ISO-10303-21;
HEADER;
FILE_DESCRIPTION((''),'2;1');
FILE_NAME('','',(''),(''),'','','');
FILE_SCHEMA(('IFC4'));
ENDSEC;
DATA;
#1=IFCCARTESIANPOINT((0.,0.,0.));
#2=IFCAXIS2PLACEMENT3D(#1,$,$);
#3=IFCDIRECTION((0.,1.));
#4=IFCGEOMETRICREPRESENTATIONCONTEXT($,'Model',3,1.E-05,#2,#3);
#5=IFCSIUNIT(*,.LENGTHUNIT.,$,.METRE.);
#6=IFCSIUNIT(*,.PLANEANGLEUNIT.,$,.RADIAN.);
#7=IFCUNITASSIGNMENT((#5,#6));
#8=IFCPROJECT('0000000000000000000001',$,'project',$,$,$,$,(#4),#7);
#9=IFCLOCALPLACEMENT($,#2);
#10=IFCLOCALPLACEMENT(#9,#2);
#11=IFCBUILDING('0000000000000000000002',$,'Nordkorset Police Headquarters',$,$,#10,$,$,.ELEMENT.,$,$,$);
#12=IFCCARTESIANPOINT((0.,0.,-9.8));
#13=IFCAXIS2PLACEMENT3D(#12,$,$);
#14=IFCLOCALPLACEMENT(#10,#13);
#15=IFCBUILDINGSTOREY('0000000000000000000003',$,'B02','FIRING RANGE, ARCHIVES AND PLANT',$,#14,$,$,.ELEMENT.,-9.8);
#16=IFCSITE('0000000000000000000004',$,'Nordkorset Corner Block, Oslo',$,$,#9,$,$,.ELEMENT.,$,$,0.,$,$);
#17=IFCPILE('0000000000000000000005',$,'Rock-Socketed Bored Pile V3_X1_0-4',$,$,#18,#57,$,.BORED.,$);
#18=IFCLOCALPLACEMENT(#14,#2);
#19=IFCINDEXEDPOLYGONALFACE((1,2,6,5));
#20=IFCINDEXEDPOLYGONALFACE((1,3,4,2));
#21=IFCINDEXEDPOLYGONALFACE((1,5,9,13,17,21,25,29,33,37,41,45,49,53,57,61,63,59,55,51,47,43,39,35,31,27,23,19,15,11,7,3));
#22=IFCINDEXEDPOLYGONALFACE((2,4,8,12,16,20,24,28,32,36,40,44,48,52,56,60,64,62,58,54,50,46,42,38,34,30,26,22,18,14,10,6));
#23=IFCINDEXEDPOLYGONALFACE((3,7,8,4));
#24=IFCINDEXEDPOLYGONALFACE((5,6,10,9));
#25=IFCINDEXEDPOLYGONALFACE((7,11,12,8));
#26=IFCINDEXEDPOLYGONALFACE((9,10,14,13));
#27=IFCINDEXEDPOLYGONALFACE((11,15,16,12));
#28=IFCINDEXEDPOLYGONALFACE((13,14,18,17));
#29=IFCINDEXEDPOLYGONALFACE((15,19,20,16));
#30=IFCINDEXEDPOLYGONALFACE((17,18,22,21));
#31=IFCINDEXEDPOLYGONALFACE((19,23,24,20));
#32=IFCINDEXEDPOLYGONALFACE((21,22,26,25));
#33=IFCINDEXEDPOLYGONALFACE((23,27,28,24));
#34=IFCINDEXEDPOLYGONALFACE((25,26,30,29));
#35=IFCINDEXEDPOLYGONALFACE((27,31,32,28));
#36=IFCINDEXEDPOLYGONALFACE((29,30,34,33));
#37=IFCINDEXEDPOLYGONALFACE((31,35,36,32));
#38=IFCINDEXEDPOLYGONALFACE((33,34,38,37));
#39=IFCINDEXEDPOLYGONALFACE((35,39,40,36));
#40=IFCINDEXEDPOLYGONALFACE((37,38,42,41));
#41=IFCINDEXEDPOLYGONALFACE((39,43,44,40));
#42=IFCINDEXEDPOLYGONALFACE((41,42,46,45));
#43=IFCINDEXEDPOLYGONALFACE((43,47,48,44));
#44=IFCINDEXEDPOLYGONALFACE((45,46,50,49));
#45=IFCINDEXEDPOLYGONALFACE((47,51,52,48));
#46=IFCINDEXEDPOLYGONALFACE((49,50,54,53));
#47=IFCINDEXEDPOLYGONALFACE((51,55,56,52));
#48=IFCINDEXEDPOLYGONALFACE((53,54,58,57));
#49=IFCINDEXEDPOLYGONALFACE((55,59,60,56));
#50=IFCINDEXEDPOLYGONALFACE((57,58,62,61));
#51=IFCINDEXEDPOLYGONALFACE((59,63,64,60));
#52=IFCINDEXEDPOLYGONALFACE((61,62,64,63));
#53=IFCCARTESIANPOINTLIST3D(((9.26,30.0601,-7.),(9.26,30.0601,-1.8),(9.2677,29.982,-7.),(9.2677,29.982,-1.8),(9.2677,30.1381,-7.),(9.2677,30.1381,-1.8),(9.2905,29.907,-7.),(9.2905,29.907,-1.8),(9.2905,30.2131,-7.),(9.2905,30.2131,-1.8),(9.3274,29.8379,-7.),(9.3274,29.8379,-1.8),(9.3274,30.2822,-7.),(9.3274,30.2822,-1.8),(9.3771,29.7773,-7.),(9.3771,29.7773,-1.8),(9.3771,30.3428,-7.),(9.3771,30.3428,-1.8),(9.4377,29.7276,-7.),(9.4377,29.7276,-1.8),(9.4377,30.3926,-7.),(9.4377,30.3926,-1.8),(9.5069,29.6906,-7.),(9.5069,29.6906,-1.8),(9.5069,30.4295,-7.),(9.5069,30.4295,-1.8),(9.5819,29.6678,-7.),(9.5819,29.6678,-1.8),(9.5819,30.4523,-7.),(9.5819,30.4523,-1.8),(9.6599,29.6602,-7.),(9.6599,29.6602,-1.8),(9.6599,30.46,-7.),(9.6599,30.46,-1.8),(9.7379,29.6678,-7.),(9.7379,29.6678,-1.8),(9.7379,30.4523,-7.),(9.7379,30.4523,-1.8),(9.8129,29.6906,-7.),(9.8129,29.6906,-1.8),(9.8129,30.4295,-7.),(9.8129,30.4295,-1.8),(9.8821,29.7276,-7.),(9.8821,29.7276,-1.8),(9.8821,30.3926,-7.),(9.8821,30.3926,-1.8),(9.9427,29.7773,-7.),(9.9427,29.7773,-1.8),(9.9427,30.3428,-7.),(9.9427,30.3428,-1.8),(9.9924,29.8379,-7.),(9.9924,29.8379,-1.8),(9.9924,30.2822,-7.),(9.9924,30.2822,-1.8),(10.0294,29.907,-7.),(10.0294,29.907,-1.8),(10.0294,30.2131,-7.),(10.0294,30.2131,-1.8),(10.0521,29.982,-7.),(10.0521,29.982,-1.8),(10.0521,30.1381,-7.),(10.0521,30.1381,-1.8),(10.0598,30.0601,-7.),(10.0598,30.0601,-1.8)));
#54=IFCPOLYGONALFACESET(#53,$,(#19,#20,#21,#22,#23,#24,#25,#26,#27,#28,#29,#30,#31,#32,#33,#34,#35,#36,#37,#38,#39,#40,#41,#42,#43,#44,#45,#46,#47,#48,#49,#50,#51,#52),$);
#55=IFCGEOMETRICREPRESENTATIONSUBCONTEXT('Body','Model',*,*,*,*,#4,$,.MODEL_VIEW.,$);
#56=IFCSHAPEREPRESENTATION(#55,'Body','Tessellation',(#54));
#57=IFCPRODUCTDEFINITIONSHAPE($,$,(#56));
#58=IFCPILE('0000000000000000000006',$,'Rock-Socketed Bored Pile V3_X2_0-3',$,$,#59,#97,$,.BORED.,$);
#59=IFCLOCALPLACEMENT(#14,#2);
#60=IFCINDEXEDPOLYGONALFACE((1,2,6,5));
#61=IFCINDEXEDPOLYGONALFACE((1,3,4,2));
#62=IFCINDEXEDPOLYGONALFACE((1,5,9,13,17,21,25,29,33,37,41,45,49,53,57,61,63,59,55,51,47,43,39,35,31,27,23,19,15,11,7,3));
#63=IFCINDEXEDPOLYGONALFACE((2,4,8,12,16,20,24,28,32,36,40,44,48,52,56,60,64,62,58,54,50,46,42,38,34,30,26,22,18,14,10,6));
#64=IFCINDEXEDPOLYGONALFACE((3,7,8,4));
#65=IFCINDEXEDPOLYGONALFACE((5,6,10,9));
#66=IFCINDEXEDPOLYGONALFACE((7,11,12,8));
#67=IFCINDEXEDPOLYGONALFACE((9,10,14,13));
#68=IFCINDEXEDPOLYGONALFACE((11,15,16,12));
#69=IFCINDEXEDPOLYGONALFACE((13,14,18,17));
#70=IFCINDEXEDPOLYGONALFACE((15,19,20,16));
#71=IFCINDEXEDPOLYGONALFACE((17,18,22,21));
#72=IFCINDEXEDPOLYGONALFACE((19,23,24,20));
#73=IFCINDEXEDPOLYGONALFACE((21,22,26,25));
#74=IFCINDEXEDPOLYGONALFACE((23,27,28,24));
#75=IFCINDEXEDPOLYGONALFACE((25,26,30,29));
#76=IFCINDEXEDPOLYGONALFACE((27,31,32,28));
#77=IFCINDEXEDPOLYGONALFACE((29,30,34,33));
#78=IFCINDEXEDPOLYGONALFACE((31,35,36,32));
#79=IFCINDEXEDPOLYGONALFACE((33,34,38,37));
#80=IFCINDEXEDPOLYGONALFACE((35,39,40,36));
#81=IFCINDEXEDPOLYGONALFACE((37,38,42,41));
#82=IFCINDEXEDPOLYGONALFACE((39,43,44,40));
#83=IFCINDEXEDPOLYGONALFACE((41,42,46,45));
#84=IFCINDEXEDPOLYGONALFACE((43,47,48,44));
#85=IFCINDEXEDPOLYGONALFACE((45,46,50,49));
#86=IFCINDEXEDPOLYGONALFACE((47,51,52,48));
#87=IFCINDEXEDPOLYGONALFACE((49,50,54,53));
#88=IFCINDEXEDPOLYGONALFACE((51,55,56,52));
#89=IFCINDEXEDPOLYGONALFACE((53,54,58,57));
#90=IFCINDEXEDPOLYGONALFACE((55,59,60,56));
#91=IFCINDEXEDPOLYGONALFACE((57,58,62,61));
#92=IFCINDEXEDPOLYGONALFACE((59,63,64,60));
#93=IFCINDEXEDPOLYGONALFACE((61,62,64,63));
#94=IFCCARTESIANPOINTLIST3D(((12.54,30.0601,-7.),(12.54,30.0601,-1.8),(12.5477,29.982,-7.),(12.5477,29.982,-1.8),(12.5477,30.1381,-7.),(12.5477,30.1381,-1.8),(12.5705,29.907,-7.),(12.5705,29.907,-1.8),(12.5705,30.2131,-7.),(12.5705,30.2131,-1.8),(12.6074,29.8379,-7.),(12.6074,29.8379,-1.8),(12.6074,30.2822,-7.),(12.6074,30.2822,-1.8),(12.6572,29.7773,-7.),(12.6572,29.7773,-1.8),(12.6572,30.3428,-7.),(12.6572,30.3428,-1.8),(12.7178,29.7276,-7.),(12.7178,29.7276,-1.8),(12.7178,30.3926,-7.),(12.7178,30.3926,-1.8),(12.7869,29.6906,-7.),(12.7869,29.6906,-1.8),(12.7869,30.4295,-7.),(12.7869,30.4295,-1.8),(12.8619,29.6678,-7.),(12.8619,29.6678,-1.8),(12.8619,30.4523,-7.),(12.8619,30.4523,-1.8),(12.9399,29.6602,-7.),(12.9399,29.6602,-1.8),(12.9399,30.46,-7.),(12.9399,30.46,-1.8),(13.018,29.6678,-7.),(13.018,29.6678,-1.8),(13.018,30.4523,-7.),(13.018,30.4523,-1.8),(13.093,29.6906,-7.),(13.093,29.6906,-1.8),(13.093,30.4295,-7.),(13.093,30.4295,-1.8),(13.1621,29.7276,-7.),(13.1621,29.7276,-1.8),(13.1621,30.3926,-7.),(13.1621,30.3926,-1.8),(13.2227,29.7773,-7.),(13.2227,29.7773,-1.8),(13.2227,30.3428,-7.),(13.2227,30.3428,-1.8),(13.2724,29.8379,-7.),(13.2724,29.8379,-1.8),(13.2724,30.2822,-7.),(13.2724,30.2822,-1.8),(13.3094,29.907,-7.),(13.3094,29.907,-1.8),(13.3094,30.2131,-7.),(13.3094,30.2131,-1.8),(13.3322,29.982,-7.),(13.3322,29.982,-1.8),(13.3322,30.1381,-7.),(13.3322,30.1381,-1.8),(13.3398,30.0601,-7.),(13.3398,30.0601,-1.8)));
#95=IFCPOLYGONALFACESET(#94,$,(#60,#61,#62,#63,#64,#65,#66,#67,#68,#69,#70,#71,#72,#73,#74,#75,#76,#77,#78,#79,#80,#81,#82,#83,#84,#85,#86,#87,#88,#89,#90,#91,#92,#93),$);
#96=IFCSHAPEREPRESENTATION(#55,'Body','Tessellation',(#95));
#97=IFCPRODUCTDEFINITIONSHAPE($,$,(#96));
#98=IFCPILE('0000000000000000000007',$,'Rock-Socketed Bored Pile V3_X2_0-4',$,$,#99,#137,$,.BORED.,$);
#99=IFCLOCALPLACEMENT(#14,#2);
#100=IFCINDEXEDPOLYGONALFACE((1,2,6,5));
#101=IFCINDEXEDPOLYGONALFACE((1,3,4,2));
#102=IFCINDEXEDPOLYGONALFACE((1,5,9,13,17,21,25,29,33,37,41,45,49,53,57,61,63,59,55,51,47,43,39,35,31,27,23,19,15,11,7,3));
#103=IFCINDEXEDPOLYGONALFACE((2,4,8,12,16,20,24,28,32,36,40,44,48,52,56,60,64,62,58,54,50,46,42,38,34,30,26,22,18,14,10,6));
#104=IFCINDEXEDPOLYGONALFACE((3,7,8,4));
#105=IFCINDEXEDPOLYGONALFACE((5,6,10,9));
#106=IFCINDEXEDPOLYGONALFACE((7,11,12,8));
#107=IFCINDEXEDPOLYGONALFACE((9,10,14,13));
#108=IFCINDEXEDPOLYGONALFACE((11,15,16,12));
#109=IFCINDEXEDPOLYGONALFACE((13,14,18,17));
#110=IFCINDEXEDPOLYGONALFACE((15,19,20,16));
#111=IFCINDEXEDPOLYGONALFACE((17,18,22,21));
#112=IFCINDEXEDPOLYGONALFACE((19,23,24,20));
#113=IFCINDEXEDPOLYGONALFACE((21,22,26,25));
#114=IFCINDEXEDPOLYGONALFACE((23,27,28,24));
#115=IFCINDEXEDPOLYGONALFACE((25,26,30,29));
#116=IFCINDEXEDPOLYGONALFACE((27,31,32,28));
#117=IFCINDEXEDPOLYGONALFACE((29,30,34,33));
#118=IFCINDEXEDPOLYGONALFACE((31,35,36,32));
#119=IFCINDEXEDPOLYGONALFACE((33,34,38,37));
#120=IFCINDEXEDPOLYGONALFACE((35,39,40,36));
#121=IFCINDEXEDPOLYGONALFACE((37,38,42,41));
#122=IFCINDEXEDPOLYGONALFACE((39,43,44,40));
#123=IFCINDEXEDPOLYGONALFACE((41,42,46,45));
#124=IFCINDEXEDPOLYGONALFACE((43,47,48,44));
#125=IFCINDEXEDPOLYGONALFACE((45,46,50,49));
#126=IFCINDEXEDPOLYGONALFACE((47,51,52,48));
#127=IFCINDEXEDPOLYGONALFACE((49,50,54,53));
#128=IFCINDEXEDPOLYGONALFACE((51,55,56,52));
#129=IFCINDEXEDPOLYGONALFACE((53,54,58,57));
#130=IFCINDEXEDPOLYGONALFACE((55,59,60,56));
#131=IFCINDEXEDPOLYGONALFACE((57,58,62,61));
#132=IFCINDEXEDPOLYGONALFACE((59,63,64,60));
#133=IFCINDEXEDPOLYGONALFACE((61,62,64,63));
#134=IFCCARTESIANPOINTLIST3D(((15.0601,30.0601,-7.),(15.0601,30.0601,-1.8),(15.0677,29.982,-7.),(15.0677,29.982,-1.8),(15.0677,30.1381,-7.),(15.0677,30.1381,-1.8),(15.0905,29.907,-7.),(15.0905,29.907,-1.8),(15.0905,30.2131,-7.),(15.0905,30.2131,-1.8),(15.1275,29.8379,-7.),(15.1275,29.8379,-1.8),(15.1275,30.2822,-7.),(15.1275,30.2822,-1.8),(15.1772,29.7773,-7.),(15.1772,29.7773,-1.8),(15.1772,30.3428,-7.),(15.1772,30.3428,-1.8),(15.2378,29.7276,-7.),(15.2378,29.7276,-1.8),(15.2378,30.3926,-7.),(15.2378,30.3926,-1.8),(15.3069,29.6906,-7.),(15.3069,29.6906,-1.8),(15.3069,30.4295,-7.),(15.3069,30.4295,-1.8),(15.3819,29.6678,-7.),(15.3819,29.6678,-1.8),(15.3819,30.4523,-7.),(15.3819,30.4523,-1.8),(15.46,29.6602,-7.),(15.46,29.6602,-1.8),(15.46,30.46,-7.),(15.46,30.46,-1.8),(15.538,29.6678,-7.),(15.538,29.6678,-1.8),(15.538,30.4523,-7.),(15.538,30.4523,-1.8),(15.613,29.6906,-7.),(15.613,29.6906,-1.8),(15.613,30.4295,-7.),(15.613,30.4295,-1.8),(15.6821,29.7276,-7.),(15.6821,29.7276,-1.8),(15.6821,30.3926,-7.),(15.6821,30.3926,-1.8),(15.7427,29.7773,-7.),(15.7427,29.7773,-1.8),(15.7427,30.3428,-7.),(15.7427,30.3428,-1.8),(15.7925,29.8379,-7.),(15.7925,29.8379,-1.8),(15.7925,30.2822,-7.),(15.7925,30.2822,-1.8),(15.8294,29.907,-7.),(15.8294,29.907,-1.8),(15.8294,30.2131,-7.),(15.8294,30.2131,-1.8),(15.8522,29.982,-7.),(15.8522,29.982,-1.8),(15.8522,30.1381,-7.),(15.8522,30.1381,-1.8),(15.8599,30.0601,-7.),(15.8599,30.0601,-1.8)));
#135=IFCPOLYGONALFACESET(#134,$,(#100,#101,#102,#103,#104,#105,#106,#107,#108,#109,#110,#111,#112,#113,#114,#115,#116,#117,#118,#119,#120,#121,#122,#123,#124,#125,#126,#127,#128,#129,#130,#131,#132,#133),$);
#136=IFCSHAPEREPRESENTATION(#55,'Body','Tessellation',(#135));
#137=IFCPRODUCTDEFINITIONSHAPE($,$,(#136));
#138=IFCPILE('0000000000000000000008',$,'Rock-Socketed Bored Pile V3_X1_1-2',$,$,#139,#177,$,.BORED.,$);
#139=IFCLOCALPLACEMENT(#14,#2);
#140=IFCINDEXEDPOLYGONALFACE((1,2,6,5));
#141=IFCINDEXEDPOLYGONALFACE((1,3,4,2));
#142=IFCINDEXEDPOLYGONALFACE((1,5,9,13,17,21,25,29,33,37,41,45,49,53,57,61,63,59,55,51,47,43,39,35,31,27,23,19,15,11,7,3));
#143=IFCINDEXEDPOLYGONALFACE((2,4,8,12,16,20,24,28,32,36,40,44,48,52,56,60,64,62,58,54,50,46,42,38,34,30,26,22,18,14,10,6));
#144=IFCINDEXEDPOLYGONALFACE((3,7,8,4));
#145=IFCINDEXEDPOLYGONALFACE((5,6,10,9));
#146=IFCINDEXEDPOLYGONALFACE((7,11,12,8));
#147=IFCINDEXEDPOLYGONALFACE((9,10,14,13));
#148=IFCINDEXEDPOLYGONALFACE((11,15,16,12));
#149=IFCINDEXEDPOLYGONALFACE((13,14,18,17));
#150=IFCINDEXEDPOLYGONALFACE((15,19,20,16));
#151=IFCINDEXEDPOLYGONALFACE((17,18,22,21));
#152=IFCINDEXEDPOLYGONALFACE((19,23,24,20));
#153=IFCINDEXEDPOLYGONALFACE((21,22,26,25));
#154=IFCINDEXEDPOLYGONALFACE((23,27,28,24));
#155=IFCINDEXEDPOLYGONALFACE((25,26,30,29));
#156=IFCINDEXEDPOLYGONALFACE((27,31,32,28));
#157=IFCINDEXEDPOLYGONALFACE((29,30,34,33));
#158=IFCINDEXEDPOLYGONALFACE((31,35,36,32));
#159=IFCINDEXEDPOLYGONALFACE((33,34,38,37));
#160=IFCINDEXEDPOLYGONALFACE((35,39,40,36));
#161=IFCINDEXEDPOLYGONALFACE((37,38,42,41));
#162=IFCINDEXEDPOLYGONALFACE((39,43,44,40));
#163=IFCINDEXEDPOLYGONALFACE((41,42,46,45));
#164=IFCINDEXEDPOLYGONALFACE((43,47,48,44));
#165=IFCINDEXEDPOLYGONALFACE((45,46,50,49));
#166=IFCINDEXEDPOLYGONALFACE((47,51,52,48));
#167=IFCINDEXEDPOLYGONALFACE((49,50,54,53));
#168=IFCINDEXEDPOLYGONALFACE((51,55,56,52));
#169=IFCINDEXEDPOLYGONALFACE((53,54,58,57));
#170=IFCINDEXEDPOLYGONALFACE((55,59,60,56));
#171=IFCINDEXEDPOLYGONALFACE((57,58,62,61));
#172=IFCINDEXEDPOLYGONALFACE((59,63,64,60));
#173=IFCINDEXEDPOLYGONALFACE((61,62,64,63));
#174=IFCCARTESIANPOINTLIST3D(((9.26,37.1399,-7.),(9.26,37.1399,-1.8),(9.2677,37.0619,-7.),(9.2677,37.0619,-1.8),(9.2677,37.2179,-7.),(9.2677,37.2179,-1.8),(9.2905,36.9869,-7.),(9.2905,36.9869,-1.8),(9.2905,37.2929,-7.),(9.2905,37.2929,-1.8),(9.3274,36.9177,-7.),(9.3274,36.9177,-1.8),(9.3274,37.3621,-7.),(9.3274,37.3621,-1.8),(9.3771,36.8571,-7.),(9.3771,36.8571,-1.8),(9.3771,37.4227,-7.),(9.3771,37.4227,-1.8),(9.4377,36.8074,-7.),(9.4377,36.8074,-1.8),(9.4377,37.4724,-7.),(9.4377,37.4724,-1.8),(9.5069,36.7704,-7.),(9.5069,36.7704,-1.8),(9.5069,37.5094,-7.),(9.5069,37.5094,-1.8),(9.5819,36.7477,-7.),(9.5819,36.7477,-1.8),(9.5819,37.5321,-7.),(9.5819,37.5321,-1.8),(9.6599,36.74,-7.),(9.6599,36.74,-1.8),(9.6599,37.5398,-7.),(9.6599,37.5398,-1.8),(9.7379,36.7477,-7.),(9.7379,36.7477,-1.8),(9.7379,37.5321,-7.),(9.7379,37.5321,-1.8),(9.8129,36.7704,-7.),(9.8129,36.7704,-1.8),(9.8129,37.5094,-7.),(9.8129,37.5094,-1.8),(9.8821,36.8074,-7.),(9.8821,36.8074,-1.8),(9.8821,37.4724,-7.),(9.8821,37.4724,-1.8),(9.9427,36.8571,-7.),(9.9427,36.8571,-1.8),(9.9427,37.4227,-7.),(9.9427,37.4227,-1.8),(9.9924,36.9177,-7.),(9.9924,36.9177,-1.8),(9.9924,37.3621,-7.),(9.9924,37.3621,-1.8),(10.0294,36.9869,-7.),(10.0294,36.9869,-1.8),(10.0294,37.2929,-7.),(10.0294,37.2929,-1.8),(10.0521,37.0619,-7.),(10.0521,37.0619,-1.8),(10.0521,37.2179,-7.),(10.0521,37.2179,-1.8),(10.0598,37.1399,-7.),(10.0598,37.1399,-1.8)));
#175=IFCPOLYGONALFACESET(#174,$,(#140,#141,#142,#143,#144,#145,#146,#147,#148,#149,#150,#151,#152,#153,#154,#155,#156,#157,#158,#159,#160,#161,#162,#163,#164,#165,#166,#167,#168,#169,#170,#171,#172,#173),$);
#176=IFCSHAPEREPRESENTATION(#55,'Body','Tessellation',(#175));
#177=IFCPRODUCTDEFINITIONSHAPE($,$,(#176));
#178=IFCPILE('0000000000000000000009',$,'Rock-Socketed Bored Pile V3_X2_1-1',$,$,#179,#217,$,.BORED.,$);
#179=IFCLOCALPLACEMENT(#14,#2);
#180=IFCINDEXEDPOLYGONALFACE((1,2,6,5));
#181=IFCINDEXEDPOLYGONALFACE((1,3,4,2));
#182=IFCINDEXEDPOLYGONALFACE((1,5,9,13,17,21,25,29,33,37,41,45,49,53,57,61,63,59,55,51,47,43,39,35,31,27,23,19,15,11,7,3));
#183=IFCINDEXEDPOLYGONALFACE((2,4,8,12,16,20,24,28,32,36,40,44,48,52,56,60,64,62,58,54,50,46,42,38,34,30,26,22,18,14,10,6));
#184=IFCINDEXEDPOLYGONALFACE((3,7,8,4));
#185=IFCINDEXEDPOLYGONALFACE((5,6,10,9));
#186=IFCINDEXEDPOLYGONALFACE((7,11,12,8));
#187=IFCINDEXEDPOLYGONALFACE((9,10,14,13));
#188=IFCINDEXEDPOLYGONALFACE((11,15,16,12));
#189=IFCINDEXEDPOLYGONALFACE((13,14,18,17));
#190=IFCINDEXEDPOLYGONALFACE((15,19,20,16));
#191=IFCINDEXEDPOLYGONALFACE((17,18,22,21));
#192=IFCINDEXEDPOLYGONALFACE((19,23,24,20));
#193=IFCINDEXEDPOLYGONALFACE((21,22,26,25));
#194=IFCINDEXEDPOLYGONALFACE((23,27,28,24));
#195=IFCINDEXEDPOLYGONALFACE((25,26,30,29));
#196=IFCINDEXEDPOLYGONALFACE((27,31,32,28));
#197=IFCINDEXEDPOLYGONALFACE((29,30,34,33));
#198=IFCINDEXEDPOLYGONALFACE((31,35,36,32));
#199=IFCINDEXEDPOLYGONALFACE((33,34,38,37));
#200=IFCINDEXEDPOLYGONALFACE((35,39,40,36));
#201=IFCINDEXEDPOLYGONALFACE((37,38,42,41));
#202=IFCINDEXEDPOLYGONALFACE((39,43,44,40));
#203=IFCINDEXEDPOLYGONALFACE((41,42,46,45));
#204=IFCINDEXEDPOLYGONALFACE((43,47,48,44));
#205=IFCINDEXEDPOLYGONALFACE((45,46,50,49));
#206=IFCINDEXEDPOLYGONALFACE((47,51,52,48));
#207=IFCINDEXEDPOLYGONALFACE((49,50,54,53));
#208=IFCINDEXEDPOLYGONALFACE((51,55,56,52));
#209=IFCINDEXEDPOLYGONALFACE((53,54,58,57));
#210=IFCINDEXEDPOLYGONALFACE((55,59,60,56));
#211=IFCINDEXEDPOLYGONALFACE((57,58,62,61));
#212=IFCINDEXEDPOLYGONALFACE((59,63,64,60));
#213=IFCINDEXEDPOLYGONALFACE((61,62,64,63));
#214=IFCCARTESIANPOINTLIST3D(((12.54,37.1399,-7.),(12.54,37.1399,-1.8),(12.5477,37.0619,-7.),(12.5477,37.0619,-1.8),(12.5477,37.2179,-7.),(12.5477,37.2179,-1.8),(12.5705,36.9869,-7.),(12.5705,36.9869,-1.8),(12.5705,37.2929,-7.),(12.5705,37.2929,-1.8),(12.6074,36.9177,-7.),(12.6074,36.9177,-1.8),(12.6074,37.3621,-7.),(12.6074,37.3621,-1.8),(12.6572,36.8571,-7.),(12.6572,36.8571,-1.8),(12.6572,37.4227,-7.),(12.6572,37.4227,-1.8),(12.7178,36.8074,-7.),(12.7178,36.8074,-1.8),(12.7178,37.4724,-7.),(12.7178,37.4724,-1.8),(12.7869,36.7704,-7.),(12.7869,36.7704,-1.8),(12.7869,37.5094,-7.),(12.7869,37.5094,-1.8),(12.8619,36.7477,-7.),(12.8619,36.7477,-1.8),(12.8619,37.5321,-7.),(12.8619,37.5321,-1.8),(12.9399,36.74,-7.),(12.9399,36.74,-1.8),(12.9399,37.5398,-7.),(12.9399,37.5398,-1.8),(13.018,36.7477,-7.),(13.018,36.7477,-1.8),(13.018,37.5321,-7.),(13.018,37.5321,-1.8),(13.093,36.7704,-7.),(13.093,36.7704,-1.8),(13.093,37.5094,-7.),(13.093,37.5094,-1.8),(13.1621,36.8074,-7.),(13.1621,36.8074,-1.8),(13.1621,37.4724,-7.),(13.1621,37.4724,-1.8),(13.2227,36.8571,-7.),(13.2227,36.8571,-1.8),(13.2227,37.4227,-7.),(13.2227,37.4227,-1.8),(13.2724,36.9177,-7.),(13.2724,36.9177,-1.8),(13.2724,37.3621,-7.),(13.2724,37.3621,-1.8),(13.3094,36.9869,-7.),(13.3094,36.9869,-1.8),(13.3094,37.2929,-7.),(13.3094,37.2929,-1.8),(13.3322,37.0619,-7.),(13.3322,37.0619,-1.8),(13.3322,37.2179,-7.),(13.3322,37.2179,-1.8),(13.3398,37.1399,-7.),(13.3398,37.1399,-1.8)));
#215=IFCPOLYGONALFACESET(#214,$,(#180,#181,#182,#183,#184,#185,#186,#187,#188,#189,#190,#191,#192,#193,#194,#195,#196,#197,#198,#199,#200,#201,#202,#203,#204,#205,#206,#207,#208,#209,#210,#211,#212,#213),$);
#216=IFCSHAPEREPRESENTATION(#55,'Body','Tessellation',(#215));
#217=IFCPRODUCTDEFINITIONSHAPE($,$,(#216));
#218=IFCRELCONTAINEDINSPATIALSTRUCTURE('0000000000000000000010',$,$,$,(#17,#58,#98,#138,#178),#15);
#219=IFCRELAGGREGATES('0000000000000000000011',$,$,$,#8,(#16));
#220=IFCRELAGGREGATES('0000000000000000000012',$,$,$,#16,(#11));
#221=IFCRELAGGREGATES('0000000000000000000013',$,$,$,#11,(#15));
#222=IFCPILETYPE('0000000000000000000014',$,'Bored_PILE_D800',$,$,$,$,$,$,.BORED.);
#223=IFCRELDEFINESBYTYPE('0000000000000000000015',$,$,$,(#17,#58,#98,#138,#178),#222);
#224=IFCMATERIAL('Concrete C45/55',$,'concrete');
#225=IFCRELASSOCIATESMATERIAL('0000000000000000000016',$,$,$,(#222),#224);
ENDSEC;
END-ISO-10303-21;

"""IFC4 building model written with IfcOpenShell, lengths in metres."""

from ifc_helpers import new_model, si_unit, direction, frame, origin, origin_2d, place, context, subcontext, project, spatial, circle, extrude, material, material_profile, profile_set, type_object, element, save


model = new_model("IFC4")

# Units and contexts
model_context = context("Model", 3, precision=1e-05, world=origin(), true_north=direction((0.0, 1.0)))
body_context = subcontext(model_context, "Body", "Model", "MODEL_VIEW")
ifc_project = project(units=[si_unit("LENGTHUNIT", "METRE"), si_unit("PLANEANGLEUNIT", "RADIAN")], contexts=[model_context])

# Site, building, storey
site_placement = place(None, origin())
site = spatial("IfcSite", under=ifc_project, at=site_placement, Name="Nordkorset Corner Block, Oslo", CompositionType="ELEMENT", RefElevation=0.0)
building_placement = place(site_placement, origin())
building = spatial("IfcBuilding", under=site, at=building_placement, Name="Nordkorset Police Headquarters", CompositionType="ELEMENT")
storey_placement = place(building_placement, frame((0.0, 0.0, -9.8)))
storey = spatial("IfcBuildingStorey", under=building, at=storey_placement, Name="B02", Description="FIRING RANGE, ARCHIVES AND PLANT", CompositionType="ELEMENT", Elevation=-9.8)

# Piles
ifc_material_1 = material(Name="Concrete C45/55", Category="concrete")
ifc_material_profile_1 = material_profile(ifc_material_1, circle(Radius=0.3999, at=origin_2d()), Name="PILE D800")
ifc_profile_set_1 = profile_set([ifc_material_profile_1], Name="Concrete C45/55")
pile_type_1 = type_object("IfcPileType", Name="Bored_PILE_D800", PredefinedType="BORED", material=ifc_profile_set_1)
for number, where, z_axis, x_axis, name in (
    (1, (9.6599, 30.0601, -1.8), (0.0, 0.0, -1.0), (1.0, 0.0, 0.0), "Rock-Socketed Bored Pile V3_X1_0-4"),
    (2, (12.9399, 30.0601, -1.8), (0.0, 0.0, -1.0), (1.0, 0.0, 0.0), "Rock-Socketed Bored Pile V3_X2_0-3"),
    (3, (15.46, 30.0601, -1.8), (0.0, 0.0, -1.0), (1.0, 0.0, 0.0), "Rock-Socketed Bored Pile V3_X2_0-4"),
    (4, (9.6599, 37.1399, -1.8), (0.0, 0.0, -1.0), (1.0, 0.0, 0.0), "Rock-Socketed Bored Pile V3_X1_1-2"),
    (5, (12.9399, 37.1399, -1.8), (0.0, 0.0, -1.0), (1.0, 0.0, 0.0), "Rock-Socketed Bored Pile V3_X2_1-1"),
):
    element("IfcPile", number, at=place(storey_placement, frame(where, z_axis=z_axis, x_axis=x_axis)), inside=storey, type_object=pile_type_1, Name=name, PredefinedType="BORED", context=body_context, shape_type="SweptSolid", body=[
        extrude(circle(Radius=0.3999, at=origin_2d()), origin(), (0.0, 0.0, 1.0), 5.2),
    ])

save(model, "model.ifc")
